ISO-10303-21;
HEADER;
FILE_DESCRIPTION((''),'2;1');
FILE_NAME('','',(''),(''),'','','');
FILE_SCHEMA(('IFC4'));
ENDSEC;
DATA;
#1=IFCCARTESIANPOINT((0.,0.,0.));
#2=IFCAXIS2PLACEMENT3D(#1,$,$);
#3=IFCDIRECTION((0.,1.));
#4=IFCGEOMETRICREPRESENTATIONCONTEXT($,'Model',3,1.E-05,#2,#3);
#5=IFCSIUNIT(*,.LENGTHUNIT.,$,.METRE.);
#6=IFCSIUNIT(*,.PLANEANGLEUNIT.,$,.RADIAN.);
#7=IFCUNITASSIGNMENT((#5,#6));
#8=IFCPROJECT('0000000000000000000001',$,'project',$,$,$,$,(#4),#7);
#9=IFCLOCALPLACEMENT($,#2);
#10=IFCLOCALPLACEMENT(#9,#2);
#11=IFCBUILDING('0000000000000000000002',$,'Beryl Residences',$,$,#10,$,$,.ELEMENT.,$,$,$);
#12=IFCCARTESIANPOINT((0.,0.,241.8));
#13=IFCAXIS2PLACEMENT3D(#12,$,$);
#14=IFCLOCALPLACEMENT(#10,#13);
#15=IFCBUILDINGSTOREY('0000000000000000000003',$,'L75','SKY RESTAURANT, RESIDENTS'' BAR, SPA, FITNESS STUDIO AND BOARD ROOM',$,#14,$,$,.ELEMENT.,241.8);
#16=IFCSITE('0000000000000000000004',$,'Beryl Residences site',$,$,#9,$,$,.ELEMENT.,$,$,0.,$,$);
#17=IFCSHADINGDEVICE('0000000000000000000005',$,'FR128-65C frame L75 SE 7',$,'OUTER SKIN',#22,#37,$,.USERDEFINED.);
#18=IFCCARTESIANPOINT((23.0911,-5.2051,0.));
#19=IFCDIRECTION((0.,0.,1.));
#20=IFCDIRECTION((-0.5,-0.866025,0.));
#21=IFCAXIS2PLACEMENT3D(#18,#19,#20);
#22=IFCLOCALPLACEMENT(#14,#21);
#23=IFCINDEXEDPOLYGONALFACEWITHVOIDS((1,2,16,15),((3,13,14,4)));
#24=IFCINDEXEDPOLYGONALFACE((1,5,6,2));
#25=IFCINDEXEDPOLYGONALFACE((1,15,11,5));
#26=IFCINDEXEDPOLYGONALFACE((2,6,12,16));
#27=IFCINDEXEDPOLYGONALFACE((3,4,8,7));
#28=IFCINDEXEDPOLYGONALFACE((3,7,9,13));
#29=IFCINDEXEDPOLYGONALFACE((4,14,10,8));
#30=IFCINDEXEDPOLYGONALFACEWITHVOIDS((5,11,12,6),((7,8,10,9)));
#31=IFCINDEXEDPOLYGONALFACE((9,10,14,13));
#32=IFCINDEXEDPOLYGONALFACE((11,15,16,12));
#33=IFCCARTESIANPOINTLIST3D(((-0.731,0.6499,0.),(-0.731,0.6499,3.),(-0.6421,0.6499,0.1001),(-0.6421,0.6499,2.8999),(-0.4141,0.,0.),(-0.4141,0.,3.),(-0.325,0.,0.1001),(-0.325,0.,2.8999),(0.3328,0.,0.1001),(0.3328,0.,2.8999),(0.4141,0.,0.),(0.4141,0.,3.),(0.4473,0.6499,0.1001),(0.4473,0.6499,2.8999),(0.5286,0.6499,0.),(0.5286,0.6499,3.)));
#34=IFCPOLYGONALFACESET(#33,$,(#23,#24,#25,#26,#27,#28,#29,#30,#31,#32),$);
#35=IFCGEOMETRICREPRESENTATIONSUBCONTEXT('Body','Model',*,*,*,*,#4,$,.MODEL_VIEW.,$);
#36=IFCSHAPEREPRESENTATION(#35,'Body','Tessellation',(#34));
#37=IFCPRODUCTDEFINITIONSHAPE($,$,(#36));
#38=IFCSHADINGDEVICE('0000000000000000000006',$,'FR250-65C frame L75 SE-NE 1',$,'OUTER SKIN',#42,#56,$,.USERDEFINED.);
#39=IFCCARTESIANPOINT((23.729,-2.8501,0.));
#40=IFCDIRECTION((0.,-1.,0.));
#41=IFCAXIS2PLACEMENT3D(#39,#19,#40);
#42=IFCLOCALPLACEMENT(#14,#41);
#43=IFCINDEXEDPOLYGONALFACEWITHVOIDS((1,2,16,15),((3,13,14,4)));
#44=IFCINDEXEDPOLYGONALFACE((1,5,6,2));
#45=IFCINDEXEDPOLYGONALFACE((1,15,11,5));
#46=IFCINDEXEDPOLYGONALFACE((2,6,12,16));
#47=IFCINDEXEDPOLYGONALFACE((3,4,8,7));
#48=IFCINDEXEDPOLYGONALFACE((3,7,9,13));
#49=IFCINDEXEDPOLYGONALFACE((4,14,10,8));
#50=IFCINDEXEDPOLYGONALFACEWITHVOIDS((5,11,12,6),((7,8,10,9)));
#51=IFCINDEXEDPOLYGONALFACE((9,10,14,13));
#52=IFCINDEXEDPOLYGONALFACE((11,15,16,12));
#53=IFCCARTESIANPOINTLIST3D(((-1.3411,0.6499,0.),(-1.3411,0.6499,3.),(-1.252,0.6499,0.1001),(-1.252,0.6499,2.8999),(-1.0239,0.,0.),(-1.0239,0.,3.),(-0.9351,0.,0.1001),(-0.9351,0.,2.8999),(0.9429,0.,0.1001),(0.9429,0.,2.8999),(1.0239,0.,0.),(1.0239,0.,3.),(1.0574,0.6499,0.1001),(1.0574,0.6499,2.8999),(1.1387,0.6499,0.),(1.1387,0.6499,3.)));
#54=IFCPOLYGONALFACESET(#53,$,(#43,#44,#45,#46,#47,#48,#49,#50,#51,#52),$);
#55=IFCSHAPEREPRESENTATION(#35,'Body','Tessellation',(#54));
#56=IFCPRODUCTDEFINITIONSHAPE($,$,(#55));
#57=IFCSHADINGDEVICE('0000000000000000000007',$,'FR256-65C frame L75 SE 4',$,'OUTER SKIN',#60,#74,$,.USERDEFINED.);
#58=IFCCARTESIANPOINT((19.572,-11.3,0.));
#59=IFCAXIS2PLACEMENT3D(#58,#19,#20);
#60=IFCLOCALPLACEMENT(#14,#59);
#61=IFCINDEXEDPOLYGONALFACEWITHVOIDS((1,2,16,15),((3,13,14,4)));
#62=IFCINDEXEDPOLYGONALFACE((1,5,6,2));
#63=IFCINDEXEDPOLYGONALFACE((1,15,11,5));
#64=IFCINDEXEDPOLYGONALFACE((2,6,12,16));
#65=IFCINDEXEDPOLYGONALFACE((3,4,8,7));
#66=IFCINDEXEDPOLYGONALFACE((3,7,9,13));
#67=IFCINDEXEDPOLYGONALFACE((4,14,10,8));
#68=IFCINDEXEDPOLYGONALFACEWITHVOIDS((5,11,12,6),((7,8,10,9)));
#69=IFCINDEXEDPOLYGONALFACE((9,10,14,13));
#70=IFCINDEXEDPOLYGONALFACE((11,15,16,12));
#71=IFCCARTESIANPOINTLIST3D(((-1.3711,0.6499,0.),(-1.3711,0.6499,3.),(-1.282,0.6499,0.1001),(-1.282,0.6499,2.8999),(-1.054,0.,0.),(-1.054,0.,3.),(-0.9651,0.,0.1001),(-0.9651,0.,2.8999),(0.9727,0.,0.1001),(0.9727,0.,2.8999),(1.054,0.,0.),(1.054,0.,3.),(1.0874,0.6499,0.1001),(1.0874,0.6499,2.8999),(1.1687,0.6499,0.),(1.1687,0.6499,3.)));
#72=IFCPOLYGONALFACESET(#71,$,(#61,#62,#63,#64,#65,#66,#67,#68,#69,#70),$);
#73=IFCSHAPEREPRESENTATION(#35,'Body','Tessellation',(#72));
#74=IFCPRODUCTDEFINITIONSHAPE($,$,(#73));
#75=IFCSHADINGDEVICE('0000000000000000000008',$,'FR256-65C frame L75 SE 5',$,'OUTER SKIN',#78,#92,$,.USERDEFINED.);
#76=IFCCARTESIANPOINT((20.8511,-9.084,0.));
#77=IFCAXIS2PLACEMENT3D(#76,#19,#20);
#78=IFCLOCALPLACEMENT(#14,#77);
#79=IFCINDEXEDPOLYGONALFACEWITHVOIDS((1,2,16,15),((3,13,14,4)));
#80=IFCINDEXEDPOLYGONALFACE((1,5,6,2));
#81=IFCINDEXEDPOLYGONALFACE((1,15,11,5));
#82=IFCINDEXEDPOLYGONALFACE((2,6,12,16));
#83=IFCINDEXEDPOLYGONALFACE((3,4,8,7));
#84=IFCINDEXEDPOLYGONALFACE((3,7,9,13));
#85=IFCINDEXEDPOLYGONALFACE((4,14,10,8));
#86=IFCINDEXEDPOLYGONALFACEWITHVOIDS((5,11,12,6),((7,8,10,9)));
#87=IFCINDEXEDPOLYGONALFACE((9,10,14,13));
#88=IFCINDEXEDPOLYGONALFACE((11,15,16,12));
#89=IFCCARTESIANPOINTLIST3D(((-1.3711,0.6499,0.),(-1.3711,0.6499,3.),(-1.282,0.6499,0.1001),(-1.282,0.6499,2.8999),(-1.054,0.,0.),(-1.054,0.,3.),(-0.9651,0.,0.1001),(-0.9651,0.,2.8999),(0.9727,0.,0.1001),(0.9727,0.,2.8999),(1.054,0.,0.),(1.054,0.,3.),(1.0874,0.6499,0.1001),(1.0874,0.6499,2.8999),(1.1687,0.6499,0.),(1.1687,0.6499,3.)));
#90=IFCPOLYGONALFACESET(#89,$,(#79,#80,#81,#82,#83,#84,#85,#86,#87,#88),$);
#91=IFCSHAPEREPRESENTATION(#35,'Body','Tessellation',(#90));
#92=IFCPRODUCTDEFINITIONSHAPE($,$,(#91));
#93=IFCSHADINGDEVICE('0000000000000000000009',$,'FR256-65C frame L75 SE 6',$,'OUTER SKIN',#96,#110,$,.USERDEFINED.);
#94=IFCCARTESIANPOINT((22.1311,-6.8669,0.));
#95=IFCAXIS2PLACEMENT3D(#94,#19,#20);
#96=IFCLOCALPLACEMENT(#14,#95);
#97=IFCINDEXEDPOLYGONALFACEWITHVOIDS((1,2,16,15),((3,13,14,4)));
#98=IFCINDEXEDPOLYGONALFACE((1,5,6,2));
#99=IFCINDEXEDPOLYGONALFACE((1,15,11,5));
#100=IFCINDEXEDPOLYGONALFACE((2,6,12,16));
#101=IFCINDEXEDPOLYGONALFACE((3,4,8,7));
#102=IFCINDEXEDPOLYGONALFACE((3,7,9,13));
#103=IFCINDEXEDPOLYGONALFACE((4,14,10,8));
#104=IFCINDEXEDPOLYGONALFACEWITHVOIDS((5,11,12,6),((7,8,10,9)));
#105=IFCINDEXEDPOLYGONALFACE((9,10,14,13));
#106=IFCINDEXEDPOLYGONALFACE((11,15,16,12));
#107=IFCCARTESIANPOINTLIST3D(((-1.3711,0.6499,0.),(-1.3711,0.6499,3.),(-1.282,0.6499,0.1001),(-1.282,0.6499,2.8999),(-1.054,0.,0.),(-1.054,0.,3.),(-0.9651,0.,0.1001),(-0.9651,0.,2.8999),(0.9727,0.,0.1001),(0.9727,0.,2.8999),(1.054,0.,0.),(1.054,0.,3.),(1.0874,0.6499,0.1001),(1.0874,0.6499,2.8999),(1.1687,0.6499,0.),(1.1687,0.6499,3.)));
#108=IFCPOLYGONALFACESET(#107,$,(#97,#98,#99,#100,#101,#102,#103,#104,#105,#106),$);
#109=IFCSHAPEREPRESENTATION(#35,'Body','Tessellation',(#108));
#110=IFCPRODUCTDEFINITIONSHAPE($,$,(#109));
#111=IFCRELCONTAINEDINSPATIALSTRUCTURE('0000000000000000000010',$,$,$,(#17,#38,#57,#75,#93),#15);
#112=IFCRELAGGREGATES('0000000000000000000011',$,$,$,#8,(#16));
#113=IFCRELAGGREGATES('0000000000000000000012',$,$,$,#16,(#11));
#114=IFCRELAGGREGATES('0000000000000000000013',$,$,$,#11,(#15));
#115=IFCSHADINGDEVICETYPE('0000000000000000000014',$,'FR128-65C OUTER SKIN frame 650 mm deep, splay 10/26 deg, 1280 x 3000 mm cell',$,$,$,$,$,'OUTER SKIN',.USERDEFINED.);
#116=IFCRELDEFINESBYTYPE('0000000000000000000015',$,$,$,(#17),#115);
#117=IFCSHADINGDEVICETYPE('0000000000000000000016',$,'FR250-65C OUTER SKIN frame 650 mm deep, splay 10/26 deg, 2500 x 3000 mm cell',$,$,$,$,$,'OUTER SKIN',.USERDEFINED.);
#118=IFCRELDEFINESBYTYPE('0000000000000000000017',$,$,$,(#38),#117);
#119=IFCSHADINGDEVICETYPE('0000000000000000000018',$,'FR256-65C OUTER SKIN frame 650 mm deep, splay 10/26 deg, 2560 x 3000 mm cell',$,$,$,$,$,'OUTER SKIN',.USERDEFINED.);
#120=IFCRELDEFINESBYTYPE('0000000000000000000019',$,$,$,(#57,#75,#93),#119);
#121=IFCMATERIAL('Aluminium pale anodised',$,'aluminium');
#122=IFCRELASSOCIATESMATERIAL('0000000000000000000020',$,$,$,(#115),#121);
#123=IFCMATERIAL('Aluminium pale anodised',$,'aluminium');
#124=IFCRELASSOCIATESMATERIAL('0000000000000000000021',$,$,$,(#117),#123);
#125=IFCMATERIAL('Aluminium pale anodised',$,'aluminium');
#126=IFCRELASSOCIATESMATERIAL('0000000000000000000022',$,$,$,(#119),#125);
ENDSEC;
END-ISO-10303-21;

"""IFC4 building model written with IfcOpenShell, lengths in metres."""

from ifc_helpers import new_model, entity, si_unit, direction, frame, origin, place, context, subcontext, project, spatial, source, transform, mapped, material, type_object, type_shapes, element, save


model = new_model("IFC4")

# Units and contexts
model_context = context("Model", 3, precision=1e-05, world=origin(), true_north=direction((0.0, 1.0)))
body_context = subcontext(model_context, "Body", "Model", "MODEL_VIEW")
ifc_project = project(units=[si_unit("LENGTHUNIT", "METRE"), si_unit("PLANEANGLEUNIT", "RADIAN")], contexts=[model_context])

# Site, building, storey
site_placement = place(None, origin())
site = spatial("IfcSite", under=ifc_project, at=site_placement, Name="Beryl Residences site", CompositionType="ELEMENT", RefElevation=0.0)
building_placement = place(site_placement, origin())
building = spatial("IfcBuilding", under=site, at=building_placement, Name="Beryl Residences", CompositionType="ELEMENT")
storey_placement = place(building_placement, frame((0.0, 0.0, 241.8)))
storey = spatial("IfcBuildingStorey", under=building, at=storey_placement, Name="L75", Description="SKY RESTAURANT, RESIDENTS' BAR, SPA, FITNESS STUDIO AND BOARD ROOM", CompositionType="ELEMENT", Elevation=241.8)

# Shading devices
ifc_material_1 = material(Name="Aluminium pale anodised", Category="aluminium")
shading_device_type_1 = type_object("IfcShadingDeviceType", Name="FR128-65C OUTER SKIN frame 650 mm deep, splay 10/26 deg, 1280 x 3000 mm cell", ElementType="OUTER SKIN", PredefinedType="USERDEFINED", material=ifc_material_1)
cartesian_point_1 = entity("IfcCartesianPoint", [-0.4141, 0.0])
cartesian_point_2 = entity("IfcCartesianPoint", [-0.3328, 0.1001])
cartesian_point_3 = entity("IfcCartesianPoint", [-0.5286, 0.0])
cartesian_point_4 = entity("IfcCartesianPoint", [-0.4473, 0.1001])
shared_shape_1 = source(origin(), body_context, "Body", "SweptSolid", [
    entity("IfcExtrudedAreaSolidTapered", entity("IfcArbitraryProfileDefWithVoids", "AREA", None, entity("IfcPolyline", [cartesian_point_1, entity("IfcCartesianPoint", [0.4141, 0.0]), entity("IfcCartesianPoint", [0.4141, 3.0]), entity("IfcCartesianPoint", [-0.4141, 3.0]), cartesian_point_1]), [entity("IfcPolyline", [cartesian_point_2, entity("IfcCartesianPoint", [0.325, 0.1001]), entity("IfcCartesianPoint", [0.325, 2.8999]), entity("IfcCartesianPoint", [-0.3328, 2.8999]), cartesian_point_2])]), entity("IfcAxis2Placement3D", entity("IfcCartesianPoint", [0.0, 0.0, 0.0]), entity("IfcDirection", [0.0, 1.0, 0.0]), entity("IfcDirection", [-1.0, 0.0, 0.0])), entity("IfcDirection", [0.0, 0.0, 1.0]), 0.6499, entity("IfcArbitraryProfileDefWithVoids", "AREA", None, entity("IfcPolyline", [cartesian_point_3, entity("IfcCartesianPoint", [0.731, 0.0]), entity("IfcCartesianPoint", [0.731, 3.0]), entity("IfcCartesianPoint", [-0.5286, 3.0]), cartesian_point_3]), [entity("IfcPolyline", [cartesian_point_4, entity("IfcCartesianPoint", [0.6421, 0.1001]), entity("IfcCartesianPoint", [0.6421, 2.8999]), entity("IfcCartesianPoint", [-0.4473, 2.8999]), cartesian_point_4])])),
])
type_shapes(shading_device_type_1, [shared_shape_1])
shading_device_1_placement = place(storey_placement, frame((23.0911, -5.2051, 0.0), z_axis=(0.0, 0.0, 1.0), x_axis=(-0.5, -0.866025, 0.0)))
element("IfcShadingDevice", 1, at=shading_device_1_placement, inside=storey, type_object=shading_device_type_1, Name="FR128-65C frame L75 SE 7", ObjectType="OUTER SKIN", PredefinedType="USERDEFINED", context=body_context, shape_type="MappedRepresentation", body=[
    mapped(shared_shape_1, transform((0.0, 0.0, 0.0))),
])
ifc_material_2 = material(Name="Aluminium pale anodised", Category="aluminium")
shading_device_type_2 = type_object("IfcShadingDeviceType", Name="FR250-65C OUTER SKIN frame 650 mm deep, splay 10/26 deg, 2500 x 3000 mm cell", ElementType="OUTER SKIN", PredefinedType="USERDEFINED", material=ifc_material_2)
cartesian_point_5 = entity("IfcCartesianPoint", [-1.0239, 0.0])
cartesian_point_6 = entity("IfcCartesianPoint", [-0.9429, 0.1001])
cartesian_point_7 = entity("IfcCartesianPoint", [-1.1387, 0.0])
cartesian_point_8 = entity("IfcCartesianPoint", [-1.0574, 0.1001])
shared_shape_2 = source(origin(), body_context, "Body", "SweptSolid", [
    entity("IfcExtrudedAreaSolidTapered", entity("IfcArbitraryProfileDefWithVoids", "AREA", None, entity("IfcPolyline", [cartesian_point_5, entity("IfcCartesianPoint", [1.0239, 0.0]), entity("IfcCartesianPoint", [1.0239, 3.0]), entity("IfcCartesianPoint", [-1.0239, 3.0]), cartesian_point_5]), [entity("IfcPolyline", [cartesian_point_6, entity("IfcCartesianPoint", [0.9351, 0.1001]), entity("IfcCartesianPoint", [0.9351, 2.8999]), entity("IfcCartesianPoint", [-0.9429, 2.8999]), cartesian_point_6])]), entity("IfcAxis2Placement3D", entity("IfcCartesianPoint", [0.0, 0.0, 0.0]), entity("IfcDirection", [0.0, 1.0, 0.0]), entity("IfcDirection", [-1.0, 0.0, 0.0])), entity("IfcDirection", [0.0, 0.0, 1.0]), 0.6499, entity("IfcArbitraryProfileDefWithVoids", "AREA", None, entity("IfcPolyline", [cartesian_point_7, entity("IfcCartesianPoint", [1.3411, 0.0]), entity("IfcCartesianPoint", [1.3411, 3.0]), entity("IfcCartesianPoint", [-1.1387, 3.0]), cartesian_point_7]), [entity("IfcPolyline", [cartesian_point_8, entity("IfcCartesianPoint", [1.252, 0.1001]), entity("IfcCartesianPoint", [1.252, 2.8999]), entity("IfcCartesianPoint", [-1.0574, 2.8999]), cartesian_point_8])])),
])
type_shapes(shading_device_type_2, [shared_shape_2])
shading_device_2_placement = place(storey_placement, frame((23.729, -2.8501, 0.0), z_axis=(0.0, 0.0, 1.0), x_axis=(0.0, -1.0, 0.0)))
element("IfcShadingDevice", 2, at=shading_device_2_placement, inside=storey, type_object=shading_device_type_2, Name="FR250-65C frame L75 SE-NE 1", ObjectType="OUTER SKIN", PredefinedType="USERDEFINED", context=body_context, shape_type="MappedRepresentation", body=[
    mapped(shared_shape_2, transform((0.0, 0.0, 0.0))),
])
ifc_material_3 = material(Name="Aluminium pale anodised", Category="aluminium")
shading_device_type_3 = type_object("IfcShadingDeviceType", Name="FR256-65C OUTER SKIN frame 650 mm deep, splay 10/26 deg, 2560 x 3000 mm cell", ElementType="OUTER SKIN", PredefinedType="USERDEFINED", material=ifc_material_3)
cartesian_point_9 = entity("IfcCartesianPoint", [-1.054, 0.0])
cartesian_point_10 = entity("IfcCartesianPoint", [-0.9727, 0.1001])
cartesian_point_11 = entity("IfcCartesianPoint", [-1.1687, 0.0])
cartesian_point_12 = entity("IfcCartesianPoint", [-1.0874, 0.1001])
shared_shape_3 = source(origin(), body_context, "Body", "SweptSolid", [
    entity("IfcExtrudedAreaSolidTapered", entity("IfcArbitraryProfileDefWithVoids", "AREA", None, entity("IfcPolyline", [cartesian_point_9, entity("IfcCartesianPoint", [1.054, 0.0]), entity("IfcCartesianPoint", [1.054, 3.0]), entity("IfcCartesianPoint", [-1.054, 3.0]), cartesian_point_9]), [entity("IfcPolyline", [cartesian_point_10, entity("IfcCartesianPoint", [0.9651, 0.1001]), entity("IfcCartesianPoint", [0.9651, 2.8999]), entity("IfcCartesianPoint", [-0.9727, 2.8999]), cartesian_point_10])]), entity("IfcAxis2Placement3D", entity("IfcCartesianPoint", [0.0, 0.0, 0.0]), entity("IfcDirection", [0.0, 1.0, 0.0]), entity("IfcDirection", [-1.0, 0.0, 0.0])), entity("IfcDirection", [0.0, 0.0, 1.0]), 0.6499, entity("IfcArbitraryProfileDefWithVoids", "AREA", None, entity("IfcPolyline", [cartesian_point_11, entity("IfcCartesianPoint", [1.3711, 0.0]), entity("IfcCartesianPoint", [1.3711, 3.0]), entity("IfcCartesianPoint", [-1.1687, 3.0]), cartesian_point_11]), [entity("IfcPolyline", [cartesian_point_12, entity("IfcCartesianPoint", [1.282, 0.1001]), entity("IfcCartesianPoint", [1.282, 2.8999]), entity("IfcCartesianPoint", [-1.0874, 2.8999]), cartesian_point_12])])),
])
type_shapes(shading_device_type_3, [shared_shape_3])
for number, where, z_axis, x_axis, name in (
    (3, (19.572, -11.3, 0.0), (0.0, 0.0, 1.0), (-0.5, -0.866025, 0.0), "FR256-65C frame L75 SE 4"),
    (4, (20.8511, -9.084, 0.0), (0.0, 0.0, 1.0), (-0.5, -0.866025, 0.0), "FR256-65C frame L75 SE 5"),
    (5, (22.1311, -6.8669, 0.0), (0.0, 0.0, 1.0), (-0.5, -0.866025, 0.0), "FR256-65C frame L75 SE 6"),
):
    element("IfcShadingDevice", number, at=place(storey_placement, frame(where, z_axis=z_axis, x_axis=x_axis)), inside=storey, type_object=shading_device_type_3, Name=name, ObjectType="OUTER SKIN", PredefinedType="USERDEFINED", context=body_context, shape_type="MappedRepresentation", body=[
        mapped(shared_shape_3, transform((0.0, 0.0, 0.0))),
    ])

save(model, "model.ifc")
